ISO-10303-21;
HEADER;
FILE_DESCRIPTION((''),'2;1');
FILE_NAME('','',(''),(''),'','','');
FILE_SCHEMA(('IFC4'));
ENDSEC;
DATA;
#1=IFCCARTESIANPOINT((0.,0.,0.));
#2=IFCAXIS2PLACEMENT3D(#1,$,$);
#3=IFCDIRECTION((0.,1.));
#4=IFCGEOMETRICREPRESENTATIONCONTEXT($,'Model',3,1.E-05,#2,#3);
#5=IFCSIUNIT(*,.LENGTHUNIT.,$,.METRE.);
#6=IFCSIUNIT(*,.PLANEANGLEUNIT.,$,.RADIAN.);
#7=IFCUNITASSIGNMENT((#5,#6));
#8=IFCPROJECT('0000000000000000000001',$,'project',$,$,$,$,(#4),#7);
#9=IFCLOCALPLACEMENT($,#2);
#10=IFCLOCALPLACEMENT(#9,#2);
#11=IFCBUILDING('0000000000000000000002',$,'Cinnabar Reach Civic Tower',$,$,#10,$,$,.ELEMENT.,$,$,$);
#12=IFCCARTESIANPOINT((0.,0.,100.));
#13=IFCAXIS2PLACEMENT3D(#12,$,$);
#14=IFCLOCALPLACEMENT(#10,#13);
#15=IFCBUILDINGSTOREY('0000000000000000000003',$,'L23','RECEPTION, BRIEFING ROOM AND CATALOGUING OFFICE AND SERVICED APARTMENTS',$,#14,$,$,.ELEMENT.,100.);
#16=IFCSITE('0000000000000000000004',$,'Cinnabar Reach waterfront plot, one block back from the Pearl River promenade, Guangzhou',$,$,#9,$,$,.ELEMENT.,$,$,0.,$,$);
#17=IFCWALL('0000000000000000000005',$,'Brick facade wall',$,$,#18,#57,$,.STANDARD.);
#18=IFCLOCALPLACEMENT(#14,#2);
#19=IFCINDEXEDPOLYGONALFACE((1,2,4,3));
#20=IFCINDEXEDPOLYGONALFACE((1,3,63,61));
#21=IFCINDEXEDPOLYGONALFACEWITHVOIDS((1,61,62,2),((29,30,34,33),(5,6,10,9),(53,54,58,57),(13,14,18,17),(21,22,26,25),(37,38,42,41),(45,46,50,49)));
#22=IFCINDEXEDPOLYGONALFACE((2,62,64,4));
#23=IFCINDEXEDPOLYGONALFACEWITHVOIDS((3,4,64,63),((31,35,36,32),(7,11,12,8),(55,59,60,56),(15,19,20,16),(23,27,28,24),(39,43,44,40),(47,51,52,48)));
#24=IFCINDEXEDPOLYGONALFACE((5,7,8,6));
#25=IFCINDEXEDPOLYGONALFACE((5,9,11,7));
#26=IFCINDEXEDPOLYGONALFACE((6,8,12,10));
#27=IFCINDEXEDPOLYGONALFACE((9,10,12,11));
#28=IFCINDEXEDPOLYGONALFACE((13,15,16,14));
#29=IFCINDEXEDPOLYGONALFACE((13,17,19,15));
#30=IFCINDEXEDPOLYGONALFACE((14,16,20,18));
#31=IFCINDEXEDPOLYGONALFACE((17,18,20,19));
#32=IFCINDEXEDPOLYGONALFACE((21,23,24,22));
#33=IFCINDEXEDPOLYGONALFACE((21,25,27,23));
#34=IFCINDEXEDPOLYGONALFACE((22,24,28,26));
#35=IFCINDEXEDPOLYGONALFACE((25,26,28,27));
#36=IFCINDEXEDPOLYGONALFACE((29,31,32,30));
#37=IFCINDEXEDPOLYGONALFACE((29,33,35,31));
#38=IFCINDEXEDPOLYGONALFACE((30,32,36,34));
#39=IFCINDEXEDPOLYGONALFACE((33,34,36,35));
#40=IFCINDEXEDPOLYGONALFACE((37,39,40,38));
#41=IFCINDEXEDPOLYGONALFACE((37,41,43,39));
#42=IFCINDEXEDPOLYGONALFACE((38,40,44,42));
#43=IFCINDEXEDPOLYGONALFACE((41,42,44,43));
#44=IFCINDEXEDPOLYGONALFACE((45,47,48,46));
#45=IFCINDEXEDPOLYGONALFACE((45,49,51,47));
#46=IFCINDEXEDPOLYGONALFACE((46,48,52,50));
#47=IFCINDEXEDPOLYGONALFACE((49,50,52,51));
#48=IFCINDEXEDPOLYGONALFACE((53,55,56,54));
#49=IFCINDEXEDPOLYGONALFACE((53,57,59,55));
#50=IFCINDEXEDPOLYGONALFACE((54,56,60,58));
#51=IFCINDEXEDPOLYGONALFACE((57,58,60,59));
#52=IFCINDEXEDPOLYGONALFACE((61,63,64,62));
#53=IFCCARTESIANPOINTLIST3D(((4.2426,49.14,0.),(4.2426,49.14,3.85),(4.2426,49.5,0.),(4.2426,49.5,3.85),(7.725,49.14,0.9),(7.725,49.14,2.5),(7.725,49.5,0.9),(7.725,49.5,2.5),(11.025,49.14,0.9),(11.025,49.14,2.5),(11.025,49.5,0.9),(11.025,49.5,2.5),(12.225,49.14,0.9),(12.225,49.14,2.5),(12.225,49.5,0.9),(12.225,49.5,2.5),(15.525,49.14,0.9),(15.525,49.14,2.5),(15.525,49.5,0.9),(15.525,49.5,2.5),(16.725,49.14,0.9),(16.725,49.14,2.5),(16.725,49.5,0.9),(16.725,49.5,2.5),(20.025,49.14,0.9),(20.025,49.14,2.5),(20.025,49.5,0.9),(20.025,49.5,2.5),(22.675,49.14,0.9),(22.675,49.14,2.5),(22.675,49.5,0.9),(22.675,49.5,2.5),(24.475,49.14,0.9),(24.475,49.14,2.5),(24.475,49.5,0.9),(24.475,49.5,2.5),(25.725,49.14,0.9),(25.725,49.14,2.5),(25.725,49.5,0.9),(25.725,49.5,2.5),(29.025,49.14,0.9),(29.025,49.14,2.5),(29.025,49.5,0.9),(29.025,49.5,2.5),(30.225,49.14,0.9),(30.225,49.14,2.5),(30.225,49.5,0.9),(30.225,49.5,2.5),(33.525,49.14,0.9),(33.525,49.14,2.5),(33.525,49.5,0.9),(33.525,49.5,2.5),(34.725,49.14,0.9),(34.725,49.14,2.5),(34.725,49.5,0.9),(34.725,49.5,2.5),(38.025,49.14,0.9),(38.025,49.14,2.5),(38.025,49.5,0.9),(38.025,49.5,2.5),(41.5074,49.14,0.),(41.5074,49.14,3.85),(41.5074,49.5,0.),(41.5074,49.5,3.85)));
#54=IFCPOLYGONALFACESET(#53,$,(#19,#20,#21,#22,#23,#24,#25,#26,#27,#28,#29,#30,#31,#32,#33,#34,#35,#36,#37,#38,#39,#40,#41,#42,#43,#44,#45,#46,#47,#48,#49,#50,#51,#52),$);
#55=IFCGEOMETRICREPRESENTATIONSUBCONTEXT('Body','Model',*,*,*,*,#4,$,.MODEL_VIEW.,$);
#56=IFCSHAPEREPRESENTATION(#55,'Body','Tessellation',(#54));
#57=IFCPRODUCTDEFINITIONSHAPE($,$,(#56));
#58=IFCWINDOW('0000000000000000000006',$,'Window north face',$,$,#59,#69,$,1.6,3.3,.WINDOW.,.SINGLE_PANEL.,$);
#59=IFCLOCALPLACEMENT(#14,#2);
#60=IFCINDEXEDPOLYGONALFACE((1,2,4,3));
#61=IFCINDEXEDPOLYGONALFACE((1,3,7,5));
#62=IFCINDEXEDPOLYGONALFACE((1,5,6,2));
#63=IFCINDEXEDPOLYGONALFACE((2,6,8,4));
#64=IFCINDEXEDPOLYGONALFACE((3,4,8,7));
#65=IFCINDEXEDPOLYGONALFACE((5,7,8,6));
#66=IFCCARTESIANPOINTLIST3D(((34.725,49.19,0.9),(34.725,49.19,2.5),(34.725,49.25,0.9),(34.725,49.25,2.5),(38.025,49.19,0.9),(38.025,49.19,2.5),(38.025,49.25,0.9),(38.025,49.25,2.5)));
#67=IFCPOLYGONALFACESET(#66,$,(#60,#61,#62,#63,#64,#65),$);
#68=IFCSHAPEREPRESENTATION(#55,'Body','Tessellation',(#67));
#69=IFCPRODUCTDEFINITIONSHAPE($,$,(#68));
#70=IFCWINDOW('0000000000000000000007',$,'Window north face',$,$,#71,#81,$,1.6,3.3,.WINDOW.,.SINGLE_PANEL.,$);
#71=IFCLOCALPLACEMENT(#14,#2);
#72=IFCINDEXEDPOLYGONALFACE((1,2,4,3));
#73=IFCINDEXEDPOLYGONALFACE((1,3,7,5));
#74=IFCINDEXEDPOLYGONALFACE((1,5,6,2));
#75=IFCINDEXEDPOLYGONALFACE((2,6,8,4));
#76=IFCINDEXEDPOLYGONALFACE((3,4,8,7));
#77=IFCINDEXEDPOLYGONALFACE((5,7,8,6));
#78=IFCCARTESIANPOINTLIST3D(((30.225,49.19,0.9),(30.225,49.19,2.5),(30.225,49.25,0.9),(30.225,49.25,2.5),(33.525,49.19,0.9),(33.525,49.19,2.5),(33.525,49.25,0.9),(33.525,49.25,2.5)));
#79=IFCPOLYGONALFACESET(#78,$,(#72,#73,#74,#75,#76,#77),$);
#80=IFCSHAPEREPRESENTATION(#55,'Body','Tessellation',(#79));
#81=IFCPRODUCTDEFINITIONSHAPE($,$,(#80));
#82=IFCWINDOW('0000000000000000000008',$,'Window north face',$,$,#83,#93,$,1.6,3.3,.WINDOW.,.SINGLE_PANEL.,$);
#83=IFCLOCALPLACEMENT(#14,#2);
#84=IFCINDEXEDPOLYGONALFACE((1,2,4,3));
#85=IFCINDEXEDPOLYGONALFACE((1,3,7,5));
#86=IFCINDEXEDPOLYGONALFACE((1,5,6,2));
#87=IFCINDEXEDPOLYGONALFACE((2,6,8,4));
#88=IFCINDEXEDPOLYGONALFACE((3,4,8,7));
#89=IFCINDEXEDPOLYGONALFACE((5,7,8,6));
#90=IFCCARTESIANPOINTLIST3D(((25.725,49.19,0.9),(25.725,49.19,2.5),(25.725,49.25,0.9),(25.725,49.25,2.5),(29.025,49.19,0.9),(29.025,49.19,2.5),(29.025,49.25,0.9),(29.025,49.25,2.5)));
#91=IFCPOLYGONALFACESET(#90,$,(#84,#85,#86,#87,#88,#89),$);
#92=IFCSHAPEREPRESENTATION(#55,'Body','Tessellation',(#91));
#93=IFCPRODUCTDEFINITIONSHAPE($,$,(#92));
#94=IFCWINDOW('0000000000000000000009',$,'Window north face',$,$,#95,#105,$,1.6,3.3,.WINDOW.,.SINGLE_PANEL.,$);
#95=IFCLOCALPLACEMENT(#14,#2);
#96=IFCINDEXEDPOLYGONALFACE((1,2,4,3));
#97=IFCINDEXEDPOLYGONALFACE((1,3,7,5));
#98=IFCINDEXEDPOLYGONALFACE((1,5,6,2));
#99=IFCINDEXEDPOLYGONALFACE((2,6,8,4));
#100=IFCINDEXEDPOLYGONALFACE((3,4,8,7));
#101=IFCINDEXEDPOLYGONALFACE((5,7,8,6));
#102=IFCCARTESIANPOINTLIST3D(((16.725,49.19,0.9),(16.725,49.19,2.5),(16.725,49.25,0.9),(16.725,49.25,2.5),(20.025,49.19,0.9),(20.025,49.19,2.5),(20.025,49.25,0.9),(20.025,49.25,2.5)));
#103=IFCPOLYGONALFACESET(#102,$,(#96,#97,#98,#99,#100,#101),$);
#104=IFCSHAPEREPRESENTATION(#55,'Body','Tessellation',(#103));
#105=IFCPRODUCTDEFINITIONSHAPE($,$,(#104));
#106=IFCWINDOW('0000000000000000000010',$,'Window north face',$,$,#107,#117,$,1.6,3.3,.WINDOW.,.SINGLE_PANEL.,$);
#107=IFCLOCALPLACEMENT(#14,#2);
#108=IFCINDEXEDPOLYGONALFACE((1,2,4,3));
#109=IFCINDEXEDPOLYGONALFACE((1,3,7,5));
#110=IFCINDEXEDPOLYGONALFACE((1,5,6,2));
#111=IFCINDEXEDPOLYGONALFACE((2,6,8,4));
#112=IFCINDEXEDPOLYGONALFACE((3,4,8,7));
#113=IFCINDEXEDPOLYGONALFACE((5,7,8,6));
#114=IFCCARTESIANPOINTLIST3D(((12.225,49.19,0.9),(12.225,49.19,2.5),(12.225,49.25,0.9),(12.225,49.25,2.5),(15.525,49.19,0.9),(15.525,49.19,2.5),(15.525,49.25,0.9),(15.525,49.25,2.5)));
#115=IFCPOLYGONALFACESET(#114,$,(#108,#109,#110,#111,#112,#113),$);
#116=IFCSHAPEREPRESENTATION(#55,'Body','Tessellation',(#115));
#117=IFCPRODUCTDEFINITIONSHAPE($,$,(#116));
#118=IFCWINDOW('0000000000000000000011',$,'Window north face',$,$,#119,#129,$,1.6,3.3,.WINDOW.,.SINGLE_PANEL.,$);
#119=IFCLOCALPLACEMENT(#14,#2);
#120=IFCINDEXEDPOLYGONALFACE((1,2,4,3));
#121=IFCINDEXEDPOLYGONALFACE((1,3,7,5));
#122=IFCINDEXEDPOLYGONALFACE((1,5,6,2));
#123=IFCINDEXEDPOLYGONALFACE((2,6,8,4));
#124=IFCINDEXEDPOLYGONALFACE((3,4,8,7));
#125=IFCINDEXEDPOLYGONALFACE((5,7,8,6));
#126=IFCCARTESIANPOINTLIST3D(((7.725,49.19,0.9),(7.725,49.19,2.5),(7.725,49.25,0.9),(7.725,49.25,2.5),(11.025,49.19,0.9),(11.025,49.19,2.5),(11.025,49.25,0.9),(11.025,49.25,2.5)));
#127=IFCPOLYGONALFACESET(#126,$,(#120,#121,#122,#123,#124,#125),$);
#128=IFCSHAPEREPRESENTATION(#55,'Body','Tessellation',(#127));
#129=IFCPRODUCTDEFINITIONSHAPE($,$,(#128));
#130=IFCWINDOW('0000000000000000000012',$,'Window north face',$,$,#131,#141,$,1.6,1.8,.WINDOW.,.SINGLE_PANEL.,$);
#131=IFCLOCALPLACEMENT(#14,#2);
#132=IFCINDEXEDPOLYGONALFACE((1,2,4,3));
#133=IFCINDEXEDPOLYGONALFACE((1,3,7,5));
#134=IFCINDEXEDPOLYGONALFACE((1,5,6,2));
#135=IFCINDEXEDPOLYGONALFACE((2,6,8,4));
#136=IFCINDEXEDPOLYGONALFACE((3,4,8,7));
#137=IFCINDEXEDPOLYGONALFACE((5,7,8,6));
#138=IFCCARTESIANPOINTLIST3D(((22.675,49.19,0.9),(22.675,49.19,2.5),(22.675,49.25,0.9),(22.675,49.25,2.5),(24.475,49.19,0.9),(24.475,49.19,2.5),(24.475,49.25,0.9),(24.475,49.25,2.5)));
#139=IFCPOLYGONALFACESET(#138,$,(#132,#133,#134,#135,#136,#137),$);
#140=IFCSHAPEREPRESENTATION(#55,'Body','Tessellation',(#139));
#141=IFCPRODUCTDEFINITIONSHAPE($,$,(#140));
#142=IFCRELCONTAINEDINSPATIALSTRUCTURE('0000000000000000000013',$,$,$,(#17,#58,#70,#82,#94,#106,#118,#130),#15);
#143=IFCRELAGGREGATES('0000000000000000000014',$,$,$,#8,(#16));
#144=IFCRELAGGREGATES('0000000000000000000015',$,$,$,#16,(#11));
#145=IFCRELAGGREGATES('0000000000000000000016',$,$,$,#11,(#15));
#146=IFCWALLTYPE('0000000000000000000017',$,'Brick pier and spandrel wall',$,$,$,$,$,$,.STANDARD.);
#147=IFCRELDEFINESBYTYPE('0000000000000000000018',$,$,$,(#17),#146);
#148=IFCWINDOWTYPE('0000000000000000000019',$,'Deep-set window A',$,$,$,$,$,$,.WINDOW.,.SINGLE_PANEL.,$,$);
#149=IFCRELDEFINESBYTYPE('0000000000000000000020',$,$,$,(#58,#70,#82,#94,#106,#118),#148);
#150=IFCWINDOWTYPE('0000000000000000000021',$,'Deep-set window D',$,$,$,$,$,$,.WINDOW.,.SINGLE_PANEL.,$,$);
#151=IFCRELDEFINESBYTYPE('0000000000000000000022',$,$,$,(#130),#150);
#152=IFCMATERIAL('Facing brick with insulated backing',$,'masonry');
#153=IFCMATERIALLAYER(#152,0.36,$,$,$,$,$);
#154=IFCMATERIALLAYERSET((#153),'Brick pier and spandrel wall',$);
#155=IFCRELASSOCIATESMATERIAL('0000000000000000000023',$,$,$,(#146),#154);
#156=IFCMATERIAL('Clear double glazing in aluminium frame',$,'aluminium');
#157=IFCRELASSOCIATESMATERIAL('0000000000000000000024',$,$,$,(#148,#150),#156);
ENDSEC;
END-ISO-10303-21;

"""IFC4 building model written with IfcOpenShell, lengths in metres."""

from ifc_helpers import new_model, si_unit, direction, frame, frame_2d, origin, place, context, subcontext, project, spatial, rectangle, extrude, material, layer, layer_set, type_object, element, fill, save


model = new_model("IFC4")

# Units and contexts
model_context = context("Model", 3, precision=1e-05, world=origin(), true_north=direction((0.0, 1.0)))
body_context = subcontext(model_context, "Body", "Model", "MODEL_VIEW")
ifc_project = project(units=[si_unit("LENGTHUNIT", "METRE"), si_unit("PLANEANGLEUNIT", "RADIAN")], contexts=[model_context])

# Site, building, storey
site_placement = place(None, origin())
site = spatial("IfcSite", under=ifc_project, at=site_placement, Name="Cinnabar Reach waterfront plot, one block back from the Pearl River promenade, Guangzhou", CompositionType="ELEMENT", RefElevation=0.0)
building_placement = place(site_placement, origin())
building = spatial("IfcBuilding", under=site, at=building_placement, Name="Cinnabar Reach Civic Tower", CompositionType="ELEMENT")
storey_placement = place(building_placement, frame((0.0, 0.0, 100.0)))
storey = spatial("IfcBuildingStorey", under=building, at=storey_placement, Name="L23", Description="RECEPTION, BRIEFING ROOM AND CATALOGUING OFFICE AND SERVICED APARTMENTS", CompositionType="ELEMENT", Elevation=100.0)

# Shared definitions
ifc_material_1 = material(Name="Facing brick with insulated backing", Category="masonry")

# Wall, openings, windows
ifc_layer_1 = layer(ifc_material_1, 0.36)
ifc_layer_set_1 = layer_set([ifc_layer_1], Name="Brick pier and spandrel wall")
wall_type_1 = type_object("IfcWallType", Name="Brick pier and spandrel wall", PredefinedType="STANDARD", material=ifc_layer_set_1)
wall_1_placement = place(storey_placement, frame((41.5074, 49.32, 0.0), z_axis=(0.0, 0.0, 1.0), x_axis=(-1.0, 0.0, 0.0)))
wall_1 = element("IfcWall", 1, at=wall_1_placement, inside=storey, type_object=wall_type_1, Name="Brick facade wall", PredefinedType="STANDARD", context=body_context, shape_type="SweptSolid", body=[
    extrude(rectangle(XDim=37.2648, YDim=0.36, at=frame_2d((18.6324, 0.0))), origin(), (0.0, 0.0, 1.0), 3.85),
])
opening_1_placement = place(wall_1_placement, frame((3.4824, 0.0, 0.9)))
opening_1 = element("IfcOpeningElement", 2, at=opening_1_placement, cuts=wall_1, PredefinedType="OPENING", context=body_context, shape_type="SweptSolid", body=[
    extrude(rectangle(XDim=3.3, YDim=1.6, at=frame_2d((1.65, 0.8))), frame((0.0, 0.19, 0.0), z_axis=(0.0, -1.0, 0.0), x_axis=(1.0, 0.0, 0.0)), (0.0, 0.0, 1.0), 0.38),
])
opening_2_placement = place(wall_1_placement, frame((7.9824, 0.0, 0.9)))
opening_2 = element("IfcOpeningElement", 3, at=opening_2_placement, cuts=wall_1, PredefinedType="OPENING", context=body_context, shape_type="SweptSolid", body=[
    extrude(rectangle(XDim=3.3, YDim=1.6, at=frame_2d((1.65, 0.8))), frame((0.0, 0.19, 0.0), z_axis=(0.0, -1.0, 0.0), x_axis=(1.0, 0.0, 0.0)), (0.0, 0.0, 1.0), 0.38),
])
opening_3_placement = place(wall_1_placement, frame((12.4824, 0.0, 0.9)))
opening_3 = element("IfcOpeningElement", 4, at=opening_3_placement, cuts=wall_1, PredefinedType="OPENING", context=body_context, shape_type="SweptSolid", body=[
    extrude(rectangle(XDim=3.3, YDim=1.6, at=frame_2d((1.65, 0.8))), frame((0.0, 0.19, 0.0), z_axis=(0.0, -1.0, 0.0), x_axis=(1.0, 0.0, 0.0)), (0.0, 0.0, 1.0), 0.38),
])
opening_4_placement = place(wall_1_placement, frame((17.0324, 0.0, 0.9)))
opening_4 = element("IfcOpeningElement", 5, at=opening_4_placement, cuts=wall_1, PredefinedType="OPENING", context=body_context, shape_type="SweptSolid", body=[
    extrude(rectangle(XDim=1.8, YDim=1.6, at=frame_2d((0.9, 0.8))), frame((0.0, 0.19, 0.0), z_axis=(0.0, -1.0, 0.0), x_axis=(1.0, 0.0, 0.0)), (0.0, 0.0, 1.0), 0.38),
])
opening_5_placement = place(wall_1_placement, frame((21.4824, 0.0, 0.9)))
opening_5 = element("IfcOpeningElement", 6, at=opening_5_placement, cuts=wall_1, PredefinedType="OPENING", context=body_context, shape_type="SweptSolid", body=[
    extrude(rectangle(XDim=3.3, YDim=1.6, at=frame_2d((1.65, 0.8))), frame((0.0, 0.19, 0.0), z_axis=(0.0, -1.0, 0.0), x_axis=(1.0, 0.0, 0.0)), (0.0, 0.0, 1.0), 0.38),
])
opening_6_placement = place(wall_1_placement, frame((25.9824, 0.0, 0.9)))
opening_6 = element("IfcOpeningElement", 7, at=opening_6_placement, cuts=wall_1, PredefinedType="OPENING", context=body_context, shape_type="SweptSolid", body=[
    extrude(rectangle(XDim=3.3, YDim=1.6, at=frame_2d((1.65, 0.8))), frame((0.0, 0.19, 0.0), z_axis=(0.0, -1.0, 0.0), x_axis=(1.0, 0.0, 0.0)), (0.0, 0.0, 1.0), 0.38),
])
opening_7_placement = place(wall_1_placement, frame((30.4824, 0.0, 0.9)))
opening_7 = element("IfcOpeningElement", 8, at=opening_7_placement, cuts=wall_1, PredefinedType="OPENING", context=body_context, shape_type="SweptSolid", body=[
    extrude(rectangle(XDim=3.3, YDim=1.6, at=frame_2d((1.65, 0.8))), frame((0.0, 0.19, 0.0), z_axis=(0.0, -1.0, 0.0), x_axis=(1.0, 0.0, 0.0)), (0.0, 0.0, 1.0), 0.38),
])
ifc_material_2 = material(Name="Clear double glazing in aluminium frame", Category="aluminium")
window_type_1 = type_object("IfcWindowType", Name="Deep-set window A", PartitioningType="SINGLE_PANEL", PredefinedType="WINDOW", material=ifc_material_2)
window_1_placement = place(opening_1_placement, origin())
window_1 = element("IfcWindow", 9, at=window_1_placement, inside=storey, type_object=window_type_1, Name="Window north face", OverallHeight=1.6, OverallWidth=3.3, PartitioningType="SINGLE_PANEL", PredefinedType="WINDOW", context=body_context, shape_type="SweptSolid", body=[
    extrude(rectangle(XDim=3.3, YDim=1.6, at=frame_2d((1.65, 0.8))), frame((0.0, 0.13, 0.0), z_axis=(0.0, -1.0, 0.0), x_axis=(1.0, 0.0, 0.0)), (0.0, 0.0, 1.0), 0.06),
])
fill(opening_1, window_1)
window_2_placement = place(opening_2_placement, origin())
window_2 = element("IfcWindow", 10, at=window_2_placement, inside=storey, type_object=window_type_1, Name="Window north face", OverallHeight=1.6, OverallWidth=3.3, PartitioningType="SINGLE_PANEL", PredefinedType="WINDOW", context=body_context, shape_type="SweptSolid", body=[
    extrude(rectangle(XDim=3.3, YDim=1.6, at=frame_2d((1.65, 0.8))), frame((0.0, 0.13, 0.0), z_axis=(0.0, -1.0, 0.0), x_axis=(1.0, 0.0, 0.0)), (0.0, 0.0, 1.0), 0.06),
])
fill(opening_2, window_2)
window_3_placement = place(opening_3_placement, origin())
window_3 = element("IfcWindow", 11, at=window_3_placement, inside=storey, type_object=window_type_1, Name="Window north face", OverallHeight=1.6, OverallWidth=3.3, PartitioningType="SINGLE_PANEL", PredefinedType="WINDOW", context=body_context, shape_type="SweptSolid", body=[
    extrude(rectangle(XDim=3.3, YDim=1.6, at=frame_2d((1.65, 0.8))), frame((0.0, 0.13, 0.0), z_axis=(0.0, -1.0, 0.0), x_axis=(1.0, 0.0, 0.0)), (0.0, 0.0, 1.0), 0.06),
])
fill(opening_3, window_3)
window_4_placement = place(opening_5_placement, origin())
window_4 = element("IfcWindow", 12, at=window_4_placement, inside=storey, type_object=window_type_1, Name="Window north face", OverallHeight=1.6, OverallWidth=3.3, PartitioningType="SINGLE_PANEL", PredefinedType="WINDOW", context=body_context, shape_type="SweptSolid", body=[
    extrude(rectangle(XDim=3.3, YDim=1.6, at=frame_2d((1.65, 0.8))), frame((0.0, 0.13, 0.0), z_axis=(0.0, -1.0, 0.0), x_axis=(1.0, 0.0, 0.0)), (0.0, 0.0, 1.0), 0.06),
])
fill(opening_5, window_4)
window_5_placement = place(opening_6_placement, origin())
window_5 = element("IfcWindow", 13, at=window_5_placement, inside=storey, type_object=window_type_1, Name="Window north face", OverallHeight=1.6, OverallWidth=3.3, PartitioningType="SINGLE_PANEL", PredefinedType="WINDOW", context=body_context, shape_type="SweptSolid", body=[
    extrude(rectangle(XDim=3.3, YDim=1.6, at=frame_2d((1.65, 0.8))), frame((0.0, 0.13, 0.0), z_axis=(0.0, -1.0, 0.0), x_axis=(1.0, 0.0, 0.0)), (0.0, 0.0, 1.0), 0.06),
])
fill(opening_6, window_5)
window_6_placement = place(opening_7_placement, origin())
window_6 = element("IfcWindow", 14, at=window_6_placement, inside=storey, type_object=window_type_1, Name="Window north face", OverallHeight=1.6, OverallWidth=3.3, PartitioningType="SINGLE_PANEL", PredefinedType="WINDOW", context=body_context, shape_type="SweptSolid", body=[
    extrude(rectangle(XDim=3.3, YDim=1.6, at=frame_2d((1.65, 0.8))), frame((0.0, 0.13, 0.0), z_axis=(0.0, -1.0, 0.0), x_axis=(1.0, 0.0, 0.0)), (0.0, 0.0, 1.0), 0.06),
])
fill(opening_7, window_6)
window_type_2 = type_object("IfcWindowType", Name="Deep-set window D", PartitioningType="SINGLE_PANEL", PredefinedType="WINDOW", material=ifc_material_2)
window_7_placement = place(opening_4_placement, origin())
window_7 = element("IfcWindow", 15, at=window_7_placement, inside=storey, type_object=window_type_2, Name="Window north face", OverallHeight=1.6, OverallWidth=1.8, PartitioningType="SINGLE_PANEL", PredefinedType="WINDOW", context=body_context, shape_type="SweptSolid", body=[
    extrude(rectangle(XDim=1.8, YDim=1.6, at=frame_2d((0.9, 0.8))), frame((0.0, 0.13, 0.0), z_axis=(0.0, -1.0, 0.0), x_axis=(1.0, 0.0, 0.0)), (0.0, 0.0, 1.0), 0.06),
])
fill(opening_4, window_7)

save(model, "model.ifc")
